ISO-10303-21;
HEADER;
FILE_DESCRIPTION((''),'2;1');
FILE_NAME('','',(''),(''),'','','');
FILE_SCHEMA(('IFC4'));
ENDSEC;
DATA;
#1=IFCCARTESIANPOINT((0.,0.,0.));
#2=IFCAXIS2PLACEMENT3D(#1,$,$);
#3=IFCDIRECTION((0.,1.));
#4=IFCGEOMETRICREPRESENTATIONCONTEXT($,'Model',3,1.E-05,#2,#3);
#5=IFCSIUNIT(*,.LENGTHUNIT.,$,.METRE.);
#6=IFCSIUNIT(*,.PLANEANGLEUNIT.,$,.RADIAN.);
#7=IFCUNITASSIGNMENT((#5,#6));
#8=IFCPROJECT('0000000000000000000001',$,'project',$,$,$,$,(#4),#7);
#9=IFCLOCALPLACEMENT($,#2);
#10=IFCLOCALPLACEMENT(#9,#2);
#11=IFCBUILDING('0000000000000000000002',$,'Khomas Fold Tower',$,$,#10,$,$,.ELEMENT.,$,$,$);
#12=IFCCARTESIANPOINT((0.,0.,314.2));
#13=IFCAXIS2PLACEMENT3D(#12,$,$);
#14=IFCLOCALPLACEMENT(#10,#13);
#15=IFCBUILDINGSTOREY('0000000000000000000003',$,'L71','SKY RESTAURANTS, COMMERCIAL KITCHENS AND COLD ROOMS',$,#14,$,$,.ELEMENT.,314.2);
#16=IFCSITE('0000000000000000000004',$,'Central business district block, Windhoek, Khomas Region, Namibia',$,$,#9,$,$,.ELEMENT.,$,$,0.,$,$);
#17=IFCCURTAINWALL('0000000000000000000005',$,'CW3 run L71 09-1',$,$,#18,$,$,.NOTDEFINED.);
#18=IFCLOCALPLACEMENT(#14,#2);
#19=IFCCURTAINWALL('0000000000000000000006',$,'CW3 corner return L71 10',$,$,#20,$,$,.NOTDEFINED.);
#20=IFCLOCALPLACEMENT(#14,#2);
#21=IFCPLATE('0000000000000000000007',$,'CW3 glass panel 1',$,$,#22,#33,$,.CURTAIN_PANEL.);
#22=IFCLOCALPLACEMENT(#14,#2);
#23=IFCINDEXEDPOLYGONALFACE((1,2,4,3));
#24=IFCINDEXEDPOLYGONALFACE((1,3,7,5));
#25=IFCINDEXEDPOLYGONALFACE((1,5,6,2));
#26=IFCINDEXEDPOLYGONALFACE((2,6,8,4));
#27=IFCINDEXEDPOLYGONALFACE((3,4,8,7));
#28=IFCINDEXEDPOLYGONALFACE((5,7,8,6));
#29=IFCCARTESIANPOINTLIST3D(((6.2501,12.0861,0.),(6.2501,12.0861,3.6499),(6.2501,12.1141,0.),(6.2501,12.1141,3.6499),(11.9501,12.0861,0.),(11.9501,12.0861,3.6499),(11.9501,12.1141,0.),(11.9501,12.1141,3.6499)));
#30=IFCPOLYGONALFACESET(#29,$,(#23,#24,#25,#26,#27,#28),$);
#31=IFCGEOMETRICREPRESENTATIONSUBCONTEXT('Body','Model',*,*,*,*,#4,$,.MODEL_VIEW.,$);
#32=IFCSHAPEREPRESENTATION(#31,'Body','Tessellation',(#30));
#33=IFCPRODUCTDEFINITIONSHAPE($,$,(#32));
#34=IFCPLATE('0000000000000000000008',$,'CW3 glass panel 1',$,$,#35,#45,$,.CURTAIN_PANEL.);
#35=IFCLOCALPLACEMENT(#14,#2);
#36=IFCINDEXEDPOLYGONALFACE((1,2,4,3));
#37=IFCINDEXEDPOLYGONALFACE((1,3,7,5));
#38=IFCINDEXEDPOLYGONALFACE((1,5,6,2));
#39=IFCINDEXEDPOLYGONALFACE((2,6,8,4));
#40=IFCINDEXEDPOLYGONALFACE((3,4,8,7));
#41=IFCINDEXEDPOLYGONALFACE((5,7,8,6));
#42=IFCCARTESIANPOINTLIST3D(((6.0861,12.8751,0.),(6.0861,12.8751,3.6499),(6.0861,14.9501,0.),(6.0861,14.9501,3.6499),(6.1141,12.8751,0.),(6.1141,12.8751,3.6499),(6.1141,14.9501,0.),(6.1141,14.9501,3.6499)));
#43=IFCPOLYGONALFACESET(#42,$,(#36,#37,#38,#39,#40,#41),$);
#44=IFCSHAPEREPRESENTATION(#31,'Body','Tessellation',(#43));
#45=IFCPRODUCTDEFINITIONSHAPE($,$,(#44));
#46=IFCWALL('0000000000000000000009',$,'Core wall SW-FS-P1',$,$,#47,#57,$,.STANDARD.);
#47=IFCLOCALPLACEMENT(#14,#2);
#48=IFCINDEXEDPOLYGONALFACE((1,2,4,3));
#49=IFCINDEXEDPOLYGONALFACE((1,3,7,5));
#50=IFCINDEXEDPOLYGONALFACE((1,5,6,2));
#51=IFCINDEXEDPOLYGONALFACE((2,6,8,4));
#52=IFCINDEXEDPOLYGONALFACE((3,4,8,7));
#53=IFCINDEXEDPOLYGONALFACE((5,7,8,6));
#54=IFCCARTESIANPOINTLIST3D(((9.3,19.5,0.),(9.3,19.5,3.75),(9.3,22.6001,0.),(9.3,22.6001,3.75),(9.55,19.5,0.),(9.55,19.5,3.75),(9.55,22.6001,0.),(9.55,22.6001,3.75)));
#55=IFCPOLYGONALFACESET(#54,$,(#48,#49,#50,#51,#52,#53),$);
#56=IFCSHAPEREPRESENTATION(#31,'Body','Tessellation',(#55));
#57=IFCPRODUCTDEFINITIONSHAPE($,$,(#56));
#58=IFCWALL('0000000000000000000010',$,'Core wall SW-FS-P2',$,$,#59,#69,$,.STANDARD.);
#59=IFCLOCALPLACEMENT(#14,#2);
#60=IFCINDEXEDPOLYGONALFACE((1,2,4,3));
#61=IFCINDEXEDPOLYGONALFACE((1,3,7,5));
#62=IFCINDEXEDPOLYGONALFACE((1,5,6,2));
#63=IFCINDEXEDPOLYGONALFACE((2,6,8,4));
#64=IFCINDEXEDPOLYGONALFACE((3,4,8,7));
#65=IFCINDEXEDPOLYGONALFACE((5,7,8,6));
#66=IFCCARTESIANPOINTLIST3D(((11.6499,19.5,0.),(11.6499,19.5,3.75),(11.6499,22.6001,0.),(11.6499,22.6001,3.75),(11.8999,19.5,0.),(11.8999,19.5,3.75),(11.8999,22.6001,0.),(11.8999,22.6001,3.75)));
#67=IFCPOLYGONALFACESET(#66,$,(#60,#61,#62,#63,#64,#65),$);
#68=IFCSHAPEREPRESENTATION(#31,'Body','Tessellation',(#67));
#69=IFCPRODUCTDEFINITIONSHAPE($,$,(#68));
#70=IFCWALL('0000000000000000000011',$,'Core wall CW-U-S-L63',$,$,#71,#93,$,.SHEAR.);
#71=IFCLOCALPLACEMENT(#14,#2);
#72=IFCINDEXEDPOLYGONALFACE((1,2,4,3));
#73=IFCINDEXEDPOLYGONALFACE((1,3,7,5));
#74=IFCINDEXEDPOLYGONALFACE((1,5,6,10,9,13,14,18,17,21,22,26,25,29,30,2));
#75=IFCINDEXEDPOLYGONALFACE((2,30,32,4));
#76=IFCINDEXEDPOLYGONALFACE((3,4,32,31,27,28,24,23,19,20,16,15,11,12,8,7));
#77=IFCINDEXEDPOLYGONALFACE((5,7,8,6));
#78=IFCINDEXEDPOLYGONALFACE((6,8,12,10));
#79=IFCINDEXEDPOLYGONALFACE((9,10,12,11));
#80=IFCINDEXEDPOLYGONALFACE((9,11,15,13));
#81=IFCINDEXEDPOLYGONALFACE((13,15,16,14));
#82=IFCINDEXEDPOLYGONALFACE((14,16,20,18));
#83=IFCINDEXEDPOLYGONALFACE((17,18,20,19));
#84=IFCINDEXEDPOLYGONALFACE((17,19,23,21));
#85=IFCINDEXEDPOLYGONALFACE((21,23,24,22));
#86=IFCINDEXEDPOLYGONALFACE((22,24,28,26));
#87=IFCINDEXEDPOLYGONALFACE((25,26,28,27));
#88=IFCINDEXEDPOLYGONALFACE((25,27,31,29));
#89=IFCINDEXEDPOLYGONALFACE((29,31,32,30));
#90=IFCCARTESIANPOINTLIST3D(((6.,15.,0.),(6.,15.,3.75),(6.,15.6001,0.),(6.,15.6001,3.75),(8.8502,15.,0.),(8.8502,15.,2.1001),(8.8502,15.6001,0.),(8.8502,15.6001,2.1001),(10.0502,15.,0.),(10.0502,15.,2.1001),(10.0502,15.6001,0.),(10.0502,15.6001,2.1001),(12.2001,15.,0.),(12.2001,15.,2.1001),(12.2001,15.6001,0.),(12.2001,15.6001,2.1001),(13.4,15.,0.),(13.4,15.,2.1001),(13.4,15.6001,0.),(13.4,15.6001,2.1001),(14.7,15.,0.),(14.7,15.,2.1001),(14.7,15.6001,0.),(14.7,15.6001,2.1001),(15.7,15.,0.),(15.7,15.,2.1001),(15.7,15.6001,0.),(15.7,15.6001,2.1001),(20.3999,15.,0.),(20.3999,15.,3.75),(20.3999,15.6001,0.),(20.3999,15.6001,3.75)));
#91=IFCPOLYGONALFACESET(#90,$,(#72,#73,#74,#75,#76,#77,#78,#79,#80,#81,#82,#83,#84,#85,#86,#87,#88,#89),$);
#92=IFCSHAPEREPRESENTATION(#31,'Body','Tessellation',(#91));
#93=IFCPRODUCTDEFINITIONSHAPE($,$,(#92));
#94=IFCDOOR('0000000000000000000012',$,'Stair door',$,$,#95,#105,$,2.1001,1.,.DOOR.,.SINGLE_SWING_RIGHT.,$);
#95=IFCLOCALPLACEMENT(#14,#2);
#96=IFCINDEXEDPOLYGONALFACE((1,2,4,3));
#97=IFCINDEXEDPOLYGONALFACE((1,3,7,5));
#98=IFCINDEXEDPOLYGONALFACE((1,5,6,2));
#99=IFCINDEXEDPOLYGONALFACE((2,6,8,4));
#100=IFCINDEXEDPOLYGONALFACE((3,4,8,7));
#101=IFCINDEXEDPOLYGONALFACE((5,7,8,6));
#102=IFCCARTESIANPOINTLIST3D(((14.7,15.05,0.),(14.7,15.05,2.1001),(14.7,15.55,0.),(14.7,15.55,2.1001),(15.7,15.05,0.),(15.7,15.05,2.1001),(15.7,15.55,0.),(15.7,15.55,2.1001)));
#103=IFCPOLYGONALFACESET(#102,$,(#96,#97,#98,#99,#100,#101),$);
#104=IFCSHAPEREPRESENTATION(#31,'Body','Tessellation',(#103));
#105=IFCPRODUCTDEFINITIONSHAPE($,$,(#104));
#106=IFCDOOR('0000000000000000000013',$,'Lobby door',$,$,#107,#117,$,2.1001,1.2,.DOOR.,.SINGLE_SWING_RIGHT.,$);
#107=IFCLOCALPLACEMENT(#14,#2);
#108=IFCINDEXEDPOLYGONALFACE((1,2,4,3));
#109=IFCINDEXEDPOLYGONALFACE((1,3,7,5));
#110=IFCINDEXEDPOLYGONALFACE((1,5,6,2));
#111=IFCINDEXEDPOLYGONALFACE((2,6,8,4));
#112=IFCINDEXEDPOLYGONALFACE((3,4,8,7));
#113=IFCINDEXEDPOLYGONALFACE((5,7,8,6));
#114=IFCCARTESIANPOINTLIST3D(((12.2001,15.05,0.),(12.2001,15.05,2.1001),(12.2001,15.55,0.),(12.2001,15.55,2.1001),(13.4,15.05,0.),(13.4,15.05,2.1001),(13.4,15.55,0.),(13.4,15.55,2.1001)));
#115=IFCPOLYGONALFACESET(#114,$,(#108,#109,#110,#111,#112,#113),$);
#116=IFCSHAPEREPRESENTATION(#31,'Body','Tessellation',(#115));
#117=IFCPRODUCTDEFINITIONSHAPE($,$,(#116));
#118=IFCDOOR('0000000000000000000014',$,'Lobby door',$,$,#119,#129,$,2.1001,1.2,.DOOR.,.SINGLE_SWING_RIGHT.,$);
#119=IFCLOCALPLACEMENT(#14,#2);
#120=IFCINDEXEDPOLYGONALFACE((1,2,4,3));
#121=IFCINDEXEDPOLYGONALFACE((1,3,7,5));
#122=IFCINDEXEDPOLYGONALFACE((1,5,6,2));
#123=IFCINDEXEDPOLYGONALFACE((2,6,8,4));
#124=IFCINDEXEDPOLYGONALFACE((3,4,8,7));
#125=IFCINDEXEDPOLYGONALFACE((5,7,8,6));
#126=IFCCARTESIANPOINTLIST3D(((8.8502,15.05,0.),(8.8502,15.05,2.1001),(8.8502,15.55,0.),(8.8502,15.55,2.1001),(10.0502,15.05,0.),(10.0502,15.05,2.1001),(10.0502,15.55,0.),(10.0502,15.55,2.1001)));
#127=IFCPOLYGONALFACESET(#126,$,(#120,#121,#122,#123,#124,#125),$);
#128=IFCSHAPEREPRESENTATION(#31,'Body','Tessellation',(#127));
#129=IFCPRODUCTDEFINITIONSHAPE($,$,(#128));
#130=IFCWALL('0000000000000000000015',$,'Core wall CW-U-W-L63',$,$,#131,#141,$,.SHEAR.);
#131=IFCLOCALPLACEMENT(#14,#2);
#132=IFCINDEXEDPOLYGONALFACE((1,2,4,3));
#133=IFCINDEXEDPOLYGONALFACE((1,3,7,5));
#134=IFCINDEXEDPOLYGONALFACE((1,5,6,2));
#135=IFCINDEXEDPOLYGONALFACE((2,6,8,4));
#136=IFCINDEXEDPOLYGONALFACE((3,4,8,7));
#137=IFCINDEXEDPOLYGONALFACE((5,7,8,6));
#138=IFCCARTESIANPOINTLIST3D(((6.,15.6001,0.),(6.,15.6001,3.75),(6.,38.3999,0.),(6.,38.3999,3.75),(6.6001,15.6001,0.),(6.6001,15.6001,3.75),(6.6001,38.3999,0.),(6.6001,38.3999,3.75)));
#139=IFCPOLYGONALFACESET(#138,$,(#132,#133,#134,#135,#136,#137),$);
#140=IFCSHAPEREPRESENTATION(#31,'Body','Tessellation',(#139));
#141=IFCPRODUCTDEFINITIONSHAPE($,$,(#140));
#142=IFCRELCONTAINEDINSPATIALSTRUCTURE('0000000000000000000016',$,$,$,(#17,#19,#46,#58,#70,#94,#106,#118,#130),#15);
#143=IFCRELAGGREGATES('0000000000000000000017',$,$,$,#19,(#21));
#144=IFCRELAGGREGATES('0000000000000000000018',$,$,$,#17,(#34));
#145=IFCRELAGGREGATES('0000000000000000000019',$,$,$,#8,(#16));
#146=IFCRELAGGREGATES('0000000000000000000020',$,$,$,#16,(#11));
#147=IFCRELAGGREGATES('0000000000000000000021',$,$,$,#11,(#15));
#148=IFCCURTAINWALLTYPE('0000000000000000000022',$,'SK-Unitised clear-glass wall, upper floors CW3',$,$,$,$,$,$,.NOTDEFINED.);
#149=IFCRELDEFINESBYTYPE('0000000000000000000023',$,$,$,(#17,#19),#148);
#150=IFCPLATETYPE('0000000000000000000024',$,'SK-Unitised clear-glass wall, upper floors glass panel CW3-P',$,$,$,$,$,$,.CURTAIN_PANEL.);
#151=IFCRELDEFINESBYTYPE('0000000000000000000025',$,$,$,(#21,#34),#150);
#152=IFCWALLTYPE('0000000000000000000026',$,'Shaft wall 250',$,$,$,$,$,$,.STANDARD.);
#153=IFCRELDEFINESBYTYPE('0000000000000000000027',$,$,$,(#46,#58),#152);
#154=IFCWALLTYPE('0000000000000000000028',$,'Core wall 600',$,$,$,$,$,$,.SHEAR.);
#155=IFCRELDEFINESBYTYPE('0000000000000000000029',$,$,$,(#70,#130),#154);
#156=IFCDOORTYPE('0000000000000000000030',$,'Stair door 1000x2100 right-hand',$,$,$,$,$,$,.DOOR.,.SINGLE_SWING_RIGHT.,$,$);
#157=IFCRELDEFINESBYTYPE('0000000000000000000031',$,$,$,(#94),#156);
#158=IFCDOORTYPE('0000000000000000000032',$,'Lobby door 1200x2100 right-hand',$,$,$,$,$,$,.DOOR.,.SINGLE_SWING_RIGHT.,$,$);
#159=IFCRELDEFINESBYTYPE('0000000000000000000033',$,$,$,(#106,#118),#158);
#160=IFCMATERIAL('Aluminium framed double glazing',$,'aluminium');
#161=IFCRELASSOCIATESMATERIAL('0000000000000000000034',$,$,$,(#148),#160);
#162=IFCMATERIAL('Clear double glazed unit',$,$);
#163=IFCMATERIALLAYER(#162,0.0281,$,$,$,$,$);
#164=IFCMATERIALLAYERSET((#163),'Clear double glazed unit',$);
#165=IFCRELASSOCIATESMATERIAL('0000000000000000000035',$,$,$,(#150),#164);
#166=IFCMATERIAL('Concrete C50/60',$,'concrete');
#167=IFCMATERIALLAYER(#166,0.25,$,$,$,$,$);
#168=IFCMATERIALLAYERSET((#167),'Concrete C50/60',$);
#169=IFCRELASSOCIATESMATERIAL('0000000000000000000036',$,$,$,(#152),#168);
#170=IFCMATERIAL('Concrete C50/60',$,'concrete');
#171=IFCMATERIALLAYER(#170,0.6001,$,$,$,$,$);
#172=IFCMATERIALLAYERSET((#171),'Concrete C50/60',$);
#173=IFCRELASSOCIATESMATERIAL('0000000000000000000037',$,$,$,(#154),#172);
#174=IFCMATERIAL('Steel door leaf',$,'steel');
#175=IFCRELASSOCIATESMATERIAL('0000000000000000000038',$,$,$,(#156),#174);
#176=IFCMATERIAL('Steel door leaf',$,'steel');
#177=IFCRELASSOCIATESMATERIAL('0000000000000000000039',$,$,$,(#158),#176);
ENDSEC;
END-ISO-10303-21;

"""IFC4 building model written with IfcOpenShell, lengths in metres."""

from ifc_helpers import new_model, si_unit, direction, frame, frame_2d, origin, origin_2d, place, context, subcontext, project, spatial, rectangle, extrude, source, transform, mapped, material, layer, layer_set, type_object, element, fill, aggregate, save


model = new_model("IFC4")

# Units and contexts
model_context = context("Model", 3, precision=1e-05, world=origin(), true_north=direction((0.0, 1.0)))
body_context = subcontext(model_context, "Body", "Model", "MODEL_VIEW")
ifc_project = project(units=[si_unit("LENGTHUNIT", "METRE"), si_unit("PLANEANGLEUNIT", "RADIAN")], contexts=[model_context])

# Site, building, storey
site_placement = place(None, origin())
site = spatial("IfcSite", under=ifc_project, at=site_placement, Name="Central business district block, Windhoek, Khomas Region, Namibia", CompositionType="ELEMENT", RefElevation=0.0)
building_placement = place(site_placement, origin())
building = spatial("IfcBuilding", under=site, at=building_placement, Name="Khomas Fold Tower", CompositionType="ELEMENT")
storey_placement = place(building_placement, frame((0.0, 0.0, 314.2)))
storey = spatial("IfcBuildingStorey", under=building, at=storey_placement, Name="L71", Description="SKY RESTAURANTS, COMMERCIAL KITCHENS AND COLD ROOMS", CompositionType="ELEMENT", Elevation=314.2)

# Curtain wall
ifc_material_1 = material(Name="Aluminium framed double glazing", Category="aluminium")
curtain_wall_type = type_object("IfcCurtainWallType", Name="SK-Unitised clear-glass wall, upper floors CW3", PredefinedType="NOTDEFINED", material=ifc_material_1)
curtain_wall_1_placement = place(storey_placement, origin())
curtain_wall_1 = element("IfcCurtainWall", 1, at=curtain_wall_1_placement, inside=storey, type_object=curtain_wall_type, Name="CW3 run L71 09-1", PredefinedType="NOTDEFINED")

# Curtain wall
curtain_wall_2_placement = place(storey_placement, origin())
curtain_wall_2 = element("IfcCurtainWall", 2, at=curtain_wall_2_placement, inside=storey, type_object=curtain_wall_type, Name="CW3 corner return L71 10", PredefinedType="NOTDEFINED")

# Plates
ifc_material_2 = material(Name="Clear double glazed unit")
ifc_layer_1 = layer(ifc_material_2, 0.0281)
ifc_layer_set_1 = layer_set([ifc_layer_1], Name="Clear double glazed unit")
plate_type = type_object("IfcPlateType", Name="SK-Unitised clear-glass wall, upper floors glass panel CW3-P", PredefinedType="CURTAIN_PANEL", material=ifc_layer_set_1)
shared_shape_1 = source(origin(), body_context, "Body", "SweptSolid", [
    extrude(rectangle(XDim=5.7, YDim=0.0281, at=origin_2d()), origin(), (0.0, 0.0, 1.0), 3.6499),
])
plate_1_placement = place(storey_placement, frame((9.1001, 12.1001, 0.0), z_axis=(0.0, 0.0, 1.0), x_axis=(1.0, 0.0, 0.0)))
plate_1 = element("IfcPlate", 3, at=plate_1_placement, type_object=plate_type, Name="CW3 glass panel 1", PredefinedType="CURTAIN_PANEL", context=body_context, shape_type="MappedRepresentation", body=[
    mapped(shared_shape_1, transform((0.0, 0.0, 0.0))),
])
aggregate(curtain_wall_2, [plate_1])
shared_shape_2 = source(origin(), body_context, "Body", "SweptSolid", [
    extrude(rectangle(XDim=2.075, YDim=0.0281, at=origin_2d()), origin(), (0.0, 0.0, 1.0), 3.6499),
])
plate_2_placement = place(storey_placement, frame((6.1001, 13.9126, 0.0), z_axis=(0.0, 0.0, 1.0), x_axis=(0.0, -1.0, 0.0)))
plate_2 = element("IfcPlate", 4, at=plate_2_placement, type_object=plate_type, Name="CW3 glass panel 1", PredefinedType="CURTAIN_PANEL", context=body_context, shape_type="MappedRepresentation", body=[
    mapped(shared_shape_2, transform((0.0, 0.0, 0.0))),
])
aggregate(curtain_wall_1, [plate_2])

# Walls
ifc_material_3 = material(Name="Concrete C50/60", Category="concrete")
ifc_layer_2 = layer(ifc_material_3, 0.25)
ifc_layer_set_2 = layer_set([ifc_layer_2], Name="Concrete C50/60")
wall_type_1 = type_object("IfcWallType", Name="Shaft wall 250", PredefinedType="STANDARD", material=ifc_layer_set_2)
shared_shape_3 = source(origin(), body_context, "Body", "SweptSolid", [
    extrude(rectangle(XDim=3.1001, YDim=0.25, at=frame_2d((1.55, 0.0))), origin(), (0.0, 0.0, 1.0), 3.75),
])
for number, where, z_axis, x_axis, name in (
    (5, (9.425, 19.5, 0.0), (0.0, 0.0, 1.0), (0.0, 1.0, 0.0), "Core wall SW-FS-P1"),
    (6, (11.7749, 19.5, 0.0), (0.0, 0.0, 1.0), (0.0, 1.0, 0.0), "Core wall SW-FS-P2"),
):
    element("IfcWall", number, at=place(storey_placement, frame(where, z_axis=z_axis, x_axis=x_axis)), inside=storey, type_object=wall_type_1, Name=name, PredefinedType="STANDARD", context=body_context, shape_type="MappedRepresentation", body=[
        mapped(shared_shape_3, transform((0.0, 0.0, 0.0))),
    ])

# Wall, openings, doors
ifc_material_4 = material(Name="Concrete C50/60", Category="concrete")
ifc_layer_3 = layer(ifc_material_4, 0.6001)
ifc_layer_set_3 = layer_set([ifc_layer_3], Name="Concrete C50/60")
wall_type_2 = type_object("IfcWallType", Name="Core wall 600", PredefinedType="SHEAR", material=ifc_layer_set_3)
shared_shape_4 = source(origin(), body_context, "Body", "SweptSolid", [
    extrude(rectangle(XDim=14.3999, YDim=0.6001, at=frame_2d((7.2, 0.0))), origin(), (0.0, 0.0, 1.0), 3.75),
])
wall_1_placement = place(storey_placement, frame((6.0, 15.3, 0.0), z_axis=(0.0, 0.0, 1.0), x_axis=(1.0, 0.0, 0.0)))
wall_1 = element("IfcWall", 7, at=wall_1_placement, inside=storey, type_object=wall_type_2, Name="Core wall CW-U-S-L63", PredefinedType="SHEAR", context=body_context, shape_type="MappedRepresentation", body=[
    mapped(shared_shape_4, transform((0.0, 0.0, 0.0))),
])
shared_shape_5 = source(origin(), body_context, "Body", "SweptSolid", [
    extrude(rectangle(XDim=1.2, YDim=2.1001, at=frame_2d((0.6001, 1.05))), frame((0.0, 0.3101, 0.0), z_axis=(0.0, -1.0, 0.0), x_axis=(1.0, 0.0, 0.0)), (0.0, 0.0, 1.0), 0.6201),
])
opening_1_placement = place(wall_1_placement, frame((6.2, 0.0, 0.0)))
opening_1 = element("IfcOpeningElement", 8, at=opening_1_placement, cuts=wall_1, PredefinedType="OPENING", context=body_context, shape_type="MappedRepresentation", body=[
    mapped(shared_shape_5, transform((0.0, 0.0, 0.0))),
])
opening_2_placement = place(wall_1_placement, frame((2.8501, 0.0, 0.0)))
opening_2 = element("IfcOpeningElement", 9, at=opening_2_placement, cuts=wall_1, PredefinedType="OPENING", context=body_context, shape_type="MappedRepresentation", body=[
    mapped(shared_shape_5, transform((0.0, 0.0, 0.0))),
])
shared_shape_6 = source(origin(), body_context, "Body", "SweptSolid", [
    extrude(rectangle(XDim=1.0, YDim=2.1001, at=frame_2d((0.5, 1.05))), frame((0.0, 0.3101, 0.0), z_axis=(0.0, -1.0, 0.0), x_axis=(1.0, 0.0, 0.0)), (0.0, 0.0, 1.0), 0.6201),
])
opening_3_placement = place(wall_1_placement, frame((8.7, 0.0, 0.0)))
opening_3 = element("IfcOpeningElement", 10, at=opening_3_placement, cuts=wall_1, PredefinedType="OPENING", context=body_context, shape_type="MappedRepresentation", body=[
    mapped(shared_shape_6, transform((0.0, 0.0, 0.0))),
])
ifc_material_5 = material(Name="Steel door leaf", Category="steel")
door_type_1 = type_object("IfcDoorType", Name="Stair door 1000x2100 right-hand", OperationType="SINGLE_SWING_RIGHT", PredefinedType="DOOR", material=ifc_material_5)
shared_shape_7 = source(origin(), body_context, "Body", "SweptSolid", [
    extrude(rectangle(XDim=1.0, YDim=2.1001, at=frame_2d((0.5, 1.05))), frame((0.0, 0.25, 0.0), z_axis=(0.0, -1.0, 0.0), x_axis=(1.0, 0.0, 0.0)), (0.0, 0.0, 1.0), 0.5),
])
door_1_placement = place(opening_3_placement, origin())
door_1 = element("IfcDoor", 11, at=door_1_placement, inside=storey, type_object=door_type_1, Name="Stair door", OperationType="SINGLE_SWING_RIGHT", OverallHeight=2.1001, OverallWidth=1.0, PredefinedType="DOOR", context=body_context, shape_type="MappedRepresentation", body=[
    mapped(shared_shape_7, transform((0.0, 0.0, 0.0))),
])
fill(opening_3, door_1)
ifc_material_6 = material(Name="Steel door leaf", Category="steel")
door_type_2 = type_object("IfcDoorType", Name="Lobby door 1200x2100 right-hand", OperationType="SINGLE_SWING_RIGHT", PredefinedType="DOOR", material=ifc_material_6)
shared_shape_8 = source(origin(), body_context, "Body", "SweptSolid", [
    extrude(rectangle(XDim=1.2, YDim=2.1001, at=frame_2d((0.6001, 1.05))), frame((0.0, 0.25, 0.0), z_axis=(0.0, -1.0, 0.0), x_axis=(1.0, 0.0, 0.0)), (0.0, 0.0, 1.0), 0.5),
])
door_2_placement = place(opening_1_placement, origin())
door_2 = element("IfcDoor", 12, at=door_2_placement, inside=storey, type_object=door_type_2, Name="Lobby door", OperationType="SINGLE_SWING_RIGHT", OverallHeight=2.1001, OverallWidth=1.2, PredefinedType="DOOR", context=body_context, shape_type="MappedRepresentation", body=[
    mapped(shared_shape_8, transform((0.0, 0.0, 0.0))),
])
fill(opening_1, door_2)
door_3_placement = place(opening_2_placement, origin())
door_3 = element("IfcDoor", 13, at=door_3_placement, inside=storey, type_object=door_type_2, Name="Lobby door", OperationType="SINGLE_SWING_RIGHT", OverallHeight=2.1001, OverallWidth=1.2, PredefinedType="DOOR", context=body_context, shape_type="MappedRepresentation", body=[
    mapped(shared_shape_8, transform((0.0, 0.0, 0.0))),
])
fill(opening_2, door_3)

# Wall
shared_shape_9 = source(origin(), body_context, "Body", "SweptSolid", [
    extrude(rectangle(XDim=22.7998, YDim=0.6001, at=frame_2d((11.3999, 0.0))), origin(), (0.0, 0.0, 1.0), 3.75),
])
wall_2_placement = place(storey_placement, frame((6.3, 15.6001, 0.0), z_axis=(0.0, 0.0, 1.0), x_axis=(0.0, 1.0, 0.0)))
element("IfcWall", 14, at=wall_2_placement, inside=storey, type_object=wall_type_2, Name="Core wall CW-U-W-L63", PredefinedType="SHEAR", context=body_context, shape_type="MappedRepresentation", body=[
    mapped(shared_shape_9, transform((0.0, 0.0, 0.0))),
])

save(model, "model.ifc")
